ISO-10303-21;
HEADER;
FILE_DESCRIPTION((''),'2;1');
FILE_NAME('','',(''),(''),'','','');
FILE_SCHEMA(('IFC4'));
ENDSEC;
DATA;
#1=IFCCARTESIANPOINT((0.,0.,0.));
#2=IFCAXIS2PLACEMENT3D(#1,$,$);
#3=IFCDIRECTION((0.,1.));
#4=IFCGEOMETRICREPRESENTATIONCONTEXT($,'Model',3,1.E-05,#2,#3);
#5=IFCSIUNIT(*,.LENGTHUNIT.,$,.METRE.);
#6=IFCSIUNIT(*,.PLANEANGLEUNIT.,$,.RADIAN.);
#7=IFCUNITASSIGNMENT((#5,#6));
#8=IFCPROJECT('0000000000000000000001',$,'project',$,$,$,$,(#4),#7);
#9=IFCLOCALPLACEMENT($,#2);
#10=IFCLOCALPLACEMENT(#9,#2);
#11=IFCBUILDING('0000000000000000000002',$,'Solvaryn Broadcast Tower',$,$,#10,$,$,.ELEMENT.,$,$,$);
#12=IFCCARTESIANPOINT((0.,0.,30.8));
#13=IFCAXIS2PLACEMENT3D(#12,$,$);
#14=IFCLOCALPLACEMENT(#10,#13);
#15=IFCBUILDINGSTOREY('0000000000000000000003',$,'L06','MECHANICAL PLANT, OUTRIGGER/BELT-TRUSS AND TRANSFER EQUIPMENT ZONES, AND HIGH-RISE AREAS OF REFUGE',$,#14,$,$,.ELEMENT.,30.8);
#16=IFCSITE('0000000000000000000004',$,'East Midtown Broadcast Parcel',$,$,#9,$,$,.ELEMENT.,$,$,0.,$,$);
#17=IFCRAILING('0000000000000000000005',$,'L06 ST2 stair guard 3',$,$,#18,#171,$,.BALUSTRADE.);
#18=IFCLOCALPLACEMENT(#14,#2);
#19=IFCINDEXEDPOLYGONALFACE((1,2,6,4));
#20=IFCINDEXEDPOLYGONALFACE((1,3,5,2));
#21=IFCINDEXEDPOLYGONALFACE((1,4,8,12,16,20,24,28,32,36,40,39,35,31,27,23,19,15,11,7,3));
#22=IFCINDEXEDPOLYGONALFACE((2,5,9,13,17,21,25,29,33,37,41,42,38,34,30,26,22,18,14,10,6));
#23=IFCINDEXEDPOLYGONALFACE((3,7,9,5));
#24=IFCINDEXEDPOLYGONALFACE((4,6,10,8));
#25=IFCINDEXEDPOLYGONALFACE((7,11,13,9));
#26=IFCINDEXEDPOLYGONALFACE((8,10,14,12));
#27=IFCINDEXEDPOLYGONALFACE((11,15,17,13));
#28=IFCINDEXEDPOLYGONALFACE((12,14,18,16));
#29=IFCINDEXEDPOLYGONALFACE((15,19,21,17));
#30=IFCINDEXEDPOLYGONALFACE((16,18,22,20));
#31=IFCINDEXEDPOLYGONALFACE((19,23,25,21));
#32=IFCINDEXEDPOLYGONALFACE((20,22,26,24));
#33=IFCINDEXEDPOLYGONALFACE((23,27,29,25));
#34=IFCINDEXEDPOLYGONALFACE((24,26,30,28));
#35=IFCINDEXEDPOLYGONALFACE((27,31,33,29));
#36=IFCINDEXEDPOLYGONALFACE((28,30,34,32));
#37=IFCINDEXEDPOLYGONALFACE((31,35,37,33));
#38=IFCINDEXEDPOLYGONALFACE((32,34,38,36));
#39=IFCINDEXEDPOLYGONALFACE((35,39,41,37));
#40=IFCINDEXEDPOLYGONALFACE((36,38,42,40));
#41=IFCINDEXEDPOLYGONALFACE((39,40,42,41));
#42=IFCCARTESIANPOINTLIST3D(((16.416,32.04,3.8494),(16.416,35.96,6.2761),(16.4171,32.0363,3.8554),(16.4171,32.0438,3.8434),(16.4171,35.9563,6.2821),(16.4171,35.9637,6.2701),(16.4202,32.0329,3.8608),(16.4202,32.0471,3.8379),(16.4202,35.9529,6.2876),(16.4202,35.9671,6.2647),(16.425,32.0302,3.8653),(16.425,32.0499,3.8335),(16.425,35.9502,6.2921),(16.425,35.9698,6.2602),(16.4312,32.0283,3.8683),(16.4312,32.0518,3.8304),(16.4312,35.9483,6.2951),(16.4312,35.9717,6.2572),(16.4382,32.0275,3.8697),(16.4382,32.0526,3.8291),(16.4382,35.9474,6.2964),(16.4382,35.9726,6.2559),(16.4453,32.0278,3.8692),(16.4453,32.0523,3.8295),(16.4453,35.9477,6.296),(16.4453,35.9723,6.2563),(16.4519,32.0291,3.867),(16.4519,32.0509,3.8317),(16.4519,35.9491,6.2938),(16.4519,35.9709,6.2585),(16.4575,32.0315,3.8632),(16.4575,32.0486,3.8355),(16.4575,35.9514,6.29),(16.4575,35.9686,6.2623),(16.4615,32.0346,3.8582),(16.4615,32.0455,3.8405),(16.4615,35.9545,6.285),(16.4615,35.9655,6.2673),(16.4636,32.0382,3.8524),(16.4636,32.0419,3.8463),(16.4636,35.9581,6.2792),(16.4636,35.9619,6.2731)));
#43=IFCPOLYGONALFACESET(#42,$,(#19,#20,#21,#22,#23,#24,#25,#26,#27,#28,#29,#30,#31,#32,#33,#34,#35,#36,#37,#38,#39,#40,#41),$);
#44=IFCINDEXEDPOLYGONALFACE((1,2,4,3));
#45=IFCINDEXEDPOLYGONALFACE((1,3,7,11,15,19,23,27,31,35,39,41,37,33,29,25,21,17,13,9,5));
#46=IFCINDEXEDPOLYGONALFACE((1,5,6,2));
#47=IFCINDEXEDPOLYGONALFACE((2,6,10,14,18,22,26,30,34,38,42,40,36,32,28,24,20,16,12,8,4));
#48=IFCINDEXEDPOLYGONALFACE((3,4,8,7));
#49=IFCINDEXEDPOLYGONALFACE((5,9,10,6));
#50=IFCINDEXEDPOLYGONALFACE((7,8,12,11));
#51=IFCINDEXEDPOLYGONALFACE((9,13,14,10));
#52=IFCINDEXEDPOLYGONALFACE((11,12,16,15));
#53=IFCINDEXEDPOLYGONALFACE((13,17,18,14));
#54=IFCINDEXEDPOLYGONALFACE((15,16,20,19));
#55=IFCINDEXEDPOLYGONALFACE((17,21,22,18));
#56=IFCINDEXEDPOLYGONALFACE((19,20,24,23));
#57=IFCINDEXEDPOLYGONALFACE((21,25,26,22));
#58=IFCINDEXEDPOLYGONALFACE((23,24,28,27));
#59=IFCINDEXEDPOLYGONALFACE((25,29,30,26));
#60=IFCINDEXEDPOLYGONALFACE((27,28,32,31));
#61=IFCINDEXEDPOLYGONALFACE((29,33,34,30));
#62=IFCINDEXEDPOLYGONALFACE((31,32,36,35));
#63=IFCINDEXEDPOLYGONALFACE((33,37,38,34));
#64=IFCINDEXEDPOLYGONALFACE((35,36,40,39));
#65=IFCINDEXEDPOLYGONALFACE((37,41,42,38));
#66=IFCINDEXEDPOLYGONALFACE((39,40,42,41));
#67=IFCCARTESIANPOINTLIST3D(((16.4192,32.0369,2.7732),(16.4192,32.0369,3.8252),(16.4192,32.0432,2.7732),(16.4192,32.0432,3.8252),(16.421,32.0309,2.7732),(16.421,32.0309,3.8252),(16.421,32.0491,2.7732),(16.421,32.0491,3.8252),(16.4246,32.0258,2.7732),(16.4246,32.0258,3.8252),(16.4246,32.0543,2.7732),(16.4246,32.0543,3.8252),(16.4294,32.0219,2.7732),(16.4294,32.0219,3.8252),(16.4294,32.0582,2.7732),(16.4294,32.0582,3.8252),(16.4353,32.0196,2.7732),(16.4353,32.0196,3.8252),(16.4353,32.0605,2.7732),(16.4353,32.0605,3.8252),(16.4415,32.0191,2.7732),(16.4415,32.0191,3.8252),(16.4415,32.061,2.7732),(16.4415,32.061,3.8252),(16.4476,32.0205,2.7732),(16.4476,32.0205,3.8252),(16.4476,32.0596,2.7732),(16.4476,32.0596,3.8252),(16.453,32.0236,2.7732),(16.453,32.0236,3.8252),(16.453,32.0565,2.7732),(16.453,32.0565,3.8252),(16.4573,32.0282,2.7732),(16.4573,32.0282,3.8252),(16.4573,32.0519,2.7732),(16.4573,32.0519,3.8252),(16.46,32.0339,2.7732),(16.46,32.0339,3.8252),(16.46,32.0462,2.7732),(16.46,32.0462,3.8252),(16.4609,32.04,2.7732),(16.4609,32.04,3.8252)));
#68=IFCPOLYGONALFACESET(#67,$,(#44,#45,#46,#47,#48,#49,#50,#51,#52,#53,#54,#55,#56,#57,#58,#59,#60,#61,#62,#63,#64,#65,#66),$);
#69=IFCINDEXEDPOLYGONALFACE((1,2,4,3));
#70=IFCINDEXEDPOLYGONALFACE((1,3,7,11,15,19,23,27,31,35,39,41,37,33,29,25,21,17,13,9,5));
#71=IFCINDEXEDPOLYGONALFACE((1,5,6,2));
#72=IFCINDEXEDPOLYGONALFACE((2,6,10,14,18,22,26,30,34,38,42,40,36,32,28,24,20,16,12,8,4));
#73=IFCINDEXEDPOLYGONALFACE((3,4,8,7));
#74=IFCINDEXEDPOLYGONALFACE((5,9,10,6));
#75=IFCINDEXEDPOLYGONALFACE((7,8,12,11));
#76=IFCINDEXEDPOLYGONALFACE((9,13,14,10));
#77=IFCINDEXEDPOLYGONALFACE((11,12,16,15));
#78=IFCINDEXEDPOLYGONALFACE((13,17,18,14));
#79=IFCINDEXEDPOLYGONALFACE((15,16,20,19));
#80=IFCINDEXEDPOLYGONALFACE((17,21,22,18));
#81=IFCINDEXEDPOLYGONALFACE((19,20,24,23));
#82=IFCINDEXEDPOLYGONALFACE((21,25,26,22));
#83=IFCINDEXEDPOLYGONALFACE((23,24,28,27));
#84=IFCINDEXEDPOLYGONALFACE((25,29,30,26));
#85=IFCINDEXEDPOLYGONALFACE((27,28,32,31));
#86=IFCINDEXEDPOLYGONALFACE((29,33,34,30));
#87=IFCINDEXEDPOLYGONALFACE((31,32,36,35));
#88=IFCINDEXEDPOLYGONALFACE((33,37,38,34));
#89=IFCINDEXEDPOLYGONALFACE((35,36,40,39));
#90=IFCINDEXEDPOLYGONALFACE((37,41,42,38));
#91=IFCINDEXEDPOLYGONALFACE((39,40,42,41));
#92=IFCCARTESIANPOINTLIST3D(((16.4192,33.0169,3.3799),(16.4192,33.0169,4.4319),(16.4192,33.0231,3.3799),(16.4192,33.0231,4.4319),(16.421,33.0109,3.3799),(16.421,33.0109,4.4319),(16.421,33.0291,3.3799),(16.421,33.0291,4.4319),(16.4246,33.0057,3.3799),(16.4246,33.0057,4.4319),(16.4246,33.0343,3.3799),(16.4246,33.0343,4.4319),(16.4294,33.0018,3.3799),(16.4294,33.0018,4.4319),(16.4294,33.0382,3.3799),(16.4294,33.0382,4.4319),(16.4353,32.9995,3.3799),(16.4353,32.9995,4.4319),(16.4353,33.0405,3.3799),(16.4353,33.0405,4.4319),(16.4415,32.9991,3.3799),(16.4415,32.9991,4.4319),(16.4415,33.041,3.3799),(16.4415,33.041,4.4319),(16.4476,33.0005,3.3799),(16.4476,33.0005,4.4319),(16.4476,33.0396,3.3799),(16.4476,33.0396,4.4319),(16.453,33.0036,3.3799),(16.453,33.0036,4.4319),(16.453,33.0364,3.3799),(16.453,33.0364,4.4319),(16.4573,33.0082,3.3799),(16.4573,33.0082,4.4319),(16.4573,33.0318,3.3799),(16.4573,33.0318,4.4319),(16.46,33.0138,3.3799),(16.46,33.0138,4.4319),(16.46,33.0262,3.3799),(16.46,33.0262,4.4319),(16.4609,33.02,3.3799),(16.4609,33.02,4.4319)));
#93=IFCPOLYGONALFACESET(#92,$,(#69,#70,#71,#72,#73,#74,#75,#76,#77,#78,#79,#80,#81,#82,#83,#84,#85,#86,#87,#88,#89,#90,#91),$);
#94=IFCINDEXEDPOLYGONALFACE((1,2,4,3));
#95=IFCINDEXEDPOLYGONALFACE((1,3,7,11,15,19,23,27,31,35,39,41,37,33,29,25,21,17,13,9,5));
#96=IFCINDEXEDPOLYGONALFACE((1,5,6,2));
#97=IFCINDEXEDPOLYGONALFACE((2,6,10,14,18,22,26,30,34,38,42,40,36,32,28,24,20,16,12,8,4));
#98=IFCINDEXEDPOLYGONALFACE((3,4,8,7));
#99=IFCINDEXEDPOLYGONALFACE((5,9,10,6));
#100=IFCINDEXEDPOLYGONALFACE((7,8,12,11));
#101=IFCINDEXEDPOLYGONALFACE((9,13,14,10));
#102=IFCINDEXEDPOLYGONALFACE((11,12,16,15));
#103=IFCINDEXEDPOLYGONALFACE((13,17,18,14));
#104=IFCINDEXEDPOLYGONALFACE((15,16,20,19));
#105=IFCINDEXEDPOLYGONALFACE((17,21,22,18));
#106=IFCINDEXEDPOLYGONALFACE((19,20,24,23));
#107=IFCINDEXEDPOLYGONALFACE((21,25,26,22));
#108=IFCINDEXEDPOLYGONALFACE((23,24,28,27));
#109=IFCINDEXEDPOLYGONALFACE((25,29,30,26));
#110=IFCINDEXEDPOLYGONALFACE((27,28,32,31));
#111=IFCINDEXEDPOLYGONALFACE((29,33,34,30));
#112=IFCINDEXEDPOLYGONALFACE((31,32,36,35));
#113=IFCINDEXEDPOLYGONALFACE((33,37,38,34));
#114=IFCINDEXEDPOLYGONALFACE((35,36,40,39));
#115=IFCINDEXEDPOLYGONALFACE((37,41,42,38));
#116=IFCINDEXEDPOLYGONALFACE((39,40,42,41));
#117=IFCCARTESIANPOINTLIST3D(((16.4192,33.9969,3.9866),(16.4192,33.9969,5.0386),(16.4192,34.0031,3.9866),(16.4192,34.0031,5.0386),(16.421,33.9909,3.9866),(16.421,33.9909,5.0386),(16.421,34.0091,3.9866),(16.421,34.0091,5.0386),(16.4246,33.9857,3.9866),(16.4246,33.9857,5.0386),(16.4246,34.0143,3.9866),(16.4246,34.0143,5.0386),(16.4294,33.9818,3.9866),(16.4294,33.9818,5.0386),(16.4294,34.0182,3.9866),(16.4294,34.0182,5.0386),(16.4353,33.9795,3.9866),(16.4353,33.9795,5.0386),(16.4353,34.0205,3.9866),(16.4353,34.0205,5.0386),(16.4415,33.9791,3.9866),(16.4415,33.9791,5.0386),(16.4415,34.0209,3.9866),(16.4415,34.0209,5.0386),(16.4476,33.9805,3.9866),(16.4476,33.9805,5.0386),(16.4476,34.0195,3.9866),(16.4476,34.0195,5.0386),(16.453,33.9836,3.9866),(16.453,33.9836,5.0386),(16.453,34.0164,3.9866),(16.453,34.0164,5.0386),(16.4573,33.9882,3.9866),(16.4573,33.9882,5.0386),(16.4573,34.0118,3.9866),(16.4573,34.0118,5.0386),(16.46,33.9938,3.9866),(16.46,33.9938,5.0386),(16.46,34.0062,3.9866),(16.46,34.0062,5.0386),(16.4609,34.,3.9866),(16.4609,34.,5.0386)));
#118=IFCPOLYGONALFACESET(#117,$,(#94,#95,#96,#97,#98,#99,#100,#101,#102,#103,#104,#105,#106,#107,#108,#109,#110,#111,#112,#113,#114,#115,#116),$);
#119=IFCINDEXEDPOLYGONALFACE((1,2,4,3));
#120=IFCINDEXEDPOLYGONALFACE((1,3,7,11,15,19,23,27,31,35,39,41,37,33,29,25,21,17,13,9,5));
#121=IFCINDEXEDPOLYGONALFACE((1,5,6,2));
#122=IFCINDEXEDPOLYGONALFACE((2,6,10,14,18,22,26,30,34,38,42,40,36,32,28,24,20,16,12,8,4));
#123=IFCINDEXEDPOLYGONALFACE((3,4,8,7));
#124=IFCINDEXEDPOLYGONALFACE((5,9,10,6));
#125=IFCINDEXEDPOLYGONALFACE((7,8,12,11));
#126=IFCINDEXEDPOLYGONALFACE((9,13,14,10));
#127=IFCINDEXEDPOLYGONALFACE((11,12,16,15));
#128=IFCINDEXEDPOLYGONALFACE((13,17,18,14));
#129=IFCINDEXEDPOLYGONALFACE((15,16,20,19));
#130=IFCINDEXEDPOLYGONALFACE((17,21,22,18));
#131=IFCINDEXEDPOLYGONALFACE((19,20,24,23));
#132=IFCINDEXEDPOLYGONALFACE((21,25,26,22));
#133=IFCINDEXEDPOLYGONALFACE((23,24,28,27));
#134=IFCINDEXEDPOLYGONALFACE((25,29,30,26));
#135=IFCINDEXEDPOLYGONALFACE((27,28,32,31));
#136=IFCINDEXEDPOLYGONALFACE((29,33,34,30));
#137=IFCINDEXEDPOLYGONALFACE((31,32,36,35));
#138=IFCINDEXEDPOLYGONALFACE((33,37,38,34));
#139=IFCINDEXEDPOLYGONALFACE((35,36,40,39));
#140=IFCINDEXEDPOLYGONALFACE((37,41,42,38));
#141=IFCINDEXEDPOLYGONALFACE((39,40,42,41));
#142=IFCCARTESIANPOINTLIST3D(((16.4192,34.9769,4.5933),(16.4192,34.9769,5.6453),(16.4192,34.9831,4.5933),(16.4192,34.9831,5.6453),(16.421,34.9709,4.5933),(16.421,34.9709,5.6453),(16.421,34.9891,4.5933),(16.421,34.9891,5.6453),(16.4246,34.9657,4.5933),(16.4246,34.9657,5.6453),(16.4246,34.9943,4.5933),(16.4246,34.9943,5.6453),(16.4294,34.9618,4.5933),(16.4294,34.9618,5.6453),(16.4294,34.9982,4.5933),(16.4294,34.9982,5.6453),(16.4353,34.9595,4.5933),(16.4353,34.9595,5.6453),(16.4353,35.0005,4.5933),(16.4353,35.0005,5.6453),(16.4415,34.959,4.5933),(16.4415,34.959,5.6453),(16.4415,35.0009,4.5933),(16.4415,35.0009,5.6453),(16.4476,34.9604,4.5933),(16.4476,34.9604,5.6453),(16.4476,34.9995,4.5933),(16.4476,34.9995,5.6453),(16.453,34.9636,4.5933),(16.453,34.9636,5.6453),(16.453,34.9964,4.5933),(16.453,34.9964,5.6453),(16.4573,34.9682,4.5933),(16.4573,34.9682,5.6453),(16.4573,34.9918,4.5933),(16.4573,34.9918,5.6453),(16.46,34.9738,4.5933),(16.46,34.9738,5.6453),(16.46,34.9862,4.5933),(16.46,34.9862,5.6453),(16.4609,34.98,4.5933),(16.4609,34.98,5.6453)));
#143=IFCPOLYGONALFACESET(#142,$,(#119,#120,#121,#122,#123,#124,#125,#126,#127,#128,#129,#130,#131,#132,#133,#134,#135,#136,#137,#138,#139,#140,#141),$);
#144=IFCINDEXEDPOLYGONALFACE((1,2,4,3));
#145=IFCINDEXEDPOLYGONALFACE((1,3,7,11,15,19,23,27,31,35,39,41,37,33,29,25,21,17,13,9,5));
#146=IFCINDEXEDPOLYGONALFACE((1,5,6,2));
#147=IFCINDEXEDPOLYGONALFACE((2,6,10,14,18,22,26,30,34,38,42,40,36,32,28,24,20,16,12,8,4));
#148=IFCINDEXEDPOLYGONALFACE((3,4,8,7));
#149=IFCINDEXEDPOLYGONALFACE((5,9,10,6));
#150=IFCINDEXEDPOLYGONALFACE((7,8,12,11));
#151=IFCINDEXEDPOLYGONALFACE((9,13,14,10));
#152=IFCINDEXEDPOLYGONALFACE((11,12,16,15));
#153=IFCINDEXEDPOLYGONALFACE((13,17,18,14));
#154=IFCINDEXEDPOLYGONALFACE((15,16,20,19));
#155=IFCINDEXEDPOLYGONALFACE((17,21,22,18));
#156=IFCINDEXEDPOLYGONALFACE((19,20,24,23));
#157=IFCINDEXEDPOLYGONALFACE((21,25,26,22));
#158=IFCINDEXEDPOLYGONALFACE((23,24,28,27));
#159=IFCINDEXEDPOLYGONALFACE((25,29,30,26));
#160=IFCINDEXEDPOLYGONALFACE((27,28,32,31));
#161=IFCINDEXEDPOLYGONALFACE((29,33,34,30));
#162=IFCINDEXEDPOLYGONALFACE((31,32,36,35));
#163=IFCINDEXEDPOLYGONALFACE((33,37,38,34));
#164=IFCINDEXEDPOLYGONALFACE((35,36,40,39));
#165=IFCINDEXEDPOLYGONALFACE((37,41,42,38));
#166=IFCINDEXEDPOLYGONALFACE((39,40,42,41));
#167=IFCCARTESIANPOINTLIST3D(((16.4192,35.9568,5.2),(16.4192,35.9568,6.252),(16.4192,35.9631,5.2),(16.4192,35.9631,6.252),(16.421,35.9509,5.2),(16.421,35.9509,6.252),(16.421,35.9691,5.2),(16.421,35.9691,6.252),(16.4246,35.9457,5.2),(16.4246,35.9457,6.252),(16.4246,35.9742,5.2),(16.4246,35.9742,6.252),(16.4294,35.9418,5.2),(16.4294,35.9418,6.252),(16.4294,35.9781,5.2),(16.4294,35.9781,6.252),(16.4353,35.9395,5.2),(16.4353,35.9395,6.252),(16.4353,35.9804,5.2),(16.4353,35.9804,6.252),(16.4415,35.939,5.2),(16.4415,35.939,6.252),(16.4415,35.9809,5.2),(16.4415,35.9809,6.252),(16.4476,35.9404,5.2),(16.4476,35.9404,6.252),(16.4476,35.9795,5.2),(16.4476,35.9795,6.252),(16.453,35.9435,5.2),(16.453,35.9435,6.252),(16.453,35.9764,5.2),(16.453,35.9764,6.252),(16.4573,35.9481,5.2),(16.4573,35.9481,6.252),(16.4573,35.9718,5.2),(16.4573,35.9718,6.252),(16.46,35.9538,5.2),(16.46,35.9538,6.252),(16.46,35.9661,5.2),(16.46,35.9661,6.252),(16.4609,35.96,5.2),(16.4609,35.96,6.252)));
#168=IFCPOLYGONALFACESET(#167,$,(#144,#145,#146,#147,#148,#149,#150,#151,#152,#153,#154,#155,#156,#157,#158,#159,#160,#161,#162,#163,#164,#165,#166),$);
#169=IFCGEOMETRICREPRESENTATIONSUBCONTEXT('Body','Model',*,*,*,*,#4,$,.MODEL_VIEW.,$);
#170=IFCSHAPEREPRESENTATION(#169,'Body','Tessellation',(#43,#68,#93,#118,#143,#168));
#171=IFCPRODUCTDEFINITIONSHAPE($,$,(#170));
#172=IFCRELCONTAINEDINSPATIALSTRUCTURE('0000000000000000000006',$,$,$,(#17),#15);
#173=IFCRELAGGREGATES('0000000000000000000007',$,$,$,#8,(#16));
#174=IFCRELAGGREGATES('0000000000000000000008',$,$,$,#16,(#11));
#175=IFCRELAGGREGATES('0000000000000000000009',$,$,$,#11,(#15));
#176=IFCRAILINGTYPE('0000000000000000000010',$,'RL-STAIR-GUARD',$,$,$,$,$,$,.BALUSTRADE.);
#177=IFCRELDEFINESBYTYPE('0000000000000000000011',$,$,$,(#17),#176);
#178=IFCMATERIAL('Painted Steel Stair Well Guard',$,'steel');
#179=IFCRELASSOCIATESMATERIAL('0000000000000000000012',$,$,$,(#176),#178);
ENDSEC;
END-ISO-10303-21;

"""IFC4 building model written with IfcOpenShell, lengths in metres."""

from ifc_helpers import new_model, si_unit, direction, frame, origin, origin_2d, place, context, subcontext, project, spatial, circle, extrude, material, type_object, element, save


model = new_model("IFC4")

# Units and contexts
model_context = context("Model", 3, precision=1e-05, world=origin(), true_north=direction((0.0, 1.0)))
body_context = subcontext(model_context, "Body", "Model", "MODEL_VIEW")
ifc_project = project(units=[si_unit("LENGTHUNIT", "METRE"), si_unit("PLANEANGLEUNIT", "RADIAN")], contexts=[model_context])

# Site, building, storey
site_placement = place(None, origin())
site = spatial("IfcSite", under=ifc_project, at=site_placement, Name="East Midtown Broadcast Parcel", CompositionType="ELEMENT", RefElevation=0.0)
building_placement = place(site_placement, origin())
building = spatial("IfcBuilding", under=site, at=building_placement, Name="Solvaryn Broadcast Tower", CompositionType="ELEMENT")
storey_placement = place(building_placement, frame((0.0, 0.0, 30.8)))
storey = spatial("IfcBuildingStorey", under=building, at=storey_placement, Name="L06", Description="MECHANICAL PLANT, OUTRIGGER/BELT-TRUSS AND TRANSFER EQUIPMENT ZONES, AND HIGH-RISE AREAS OF REFUGE", CompositionType="ELEMENT", Elevation=30.8)

# Railing
ifc_material_1 = material(Name="Painted Steel Stair Well Guard", Category="steel")
railing_type_1 = type_object("IfcRailingType", Name="RL-STAIR-GUARD", PredefinedType="BALUSTRADE", material=ifc_material_1)
railing_1_placement = place(storey_placement, frame((16.4399, 32.04, 2.7732)))
element("IfcRailing", 1, at=railing_1_placement, inside=storey, type_object=railing_type_1, Name="L06 ST2 stair guard 3", PredefinedType="BALUSTRADE", context=body_context, shape_type="SweptSolid", body=[
    extrude(circle(Radius=0.0239, at=origin_2d()), frame((0.0, 0.0, 1.0762), z_axis=(0.0, 0.850252, 0.526376), x_axis=(-1.0, 0.0, 0.0)), (0.0, 0.0, 1.0), 4.6104),
    extrude(circle(Radius=0.021, at=origin_2d()), origin(), (0.0, 0.0, 1.0), 1.052),
    extrude(circle(Radius=0.021, at=origin_2d()), frame((0.0, 0.98, 0.6067)), (0.0, 0.0, 1.0), 1.052),
    extrude(circle(Radius=0.021, at=origin_2d()), frame((0.0, 1.96, 1.2134)), (0.0, 0.0, 1.0), 1.052),
    extrude(circle(Radius=0.021, at=origin_2d()), frame((0.0, 2.9399, 1.8201)), (0.0, 0.0, 1.0), 1.052),
    extrude(circle(Radius=0.021, at=origin_2d()), frame((0.0, 3.9199, 2.4268)), (0.0, 0.0, 1.0), 1.052),
])

save(model, "model.ifc")
